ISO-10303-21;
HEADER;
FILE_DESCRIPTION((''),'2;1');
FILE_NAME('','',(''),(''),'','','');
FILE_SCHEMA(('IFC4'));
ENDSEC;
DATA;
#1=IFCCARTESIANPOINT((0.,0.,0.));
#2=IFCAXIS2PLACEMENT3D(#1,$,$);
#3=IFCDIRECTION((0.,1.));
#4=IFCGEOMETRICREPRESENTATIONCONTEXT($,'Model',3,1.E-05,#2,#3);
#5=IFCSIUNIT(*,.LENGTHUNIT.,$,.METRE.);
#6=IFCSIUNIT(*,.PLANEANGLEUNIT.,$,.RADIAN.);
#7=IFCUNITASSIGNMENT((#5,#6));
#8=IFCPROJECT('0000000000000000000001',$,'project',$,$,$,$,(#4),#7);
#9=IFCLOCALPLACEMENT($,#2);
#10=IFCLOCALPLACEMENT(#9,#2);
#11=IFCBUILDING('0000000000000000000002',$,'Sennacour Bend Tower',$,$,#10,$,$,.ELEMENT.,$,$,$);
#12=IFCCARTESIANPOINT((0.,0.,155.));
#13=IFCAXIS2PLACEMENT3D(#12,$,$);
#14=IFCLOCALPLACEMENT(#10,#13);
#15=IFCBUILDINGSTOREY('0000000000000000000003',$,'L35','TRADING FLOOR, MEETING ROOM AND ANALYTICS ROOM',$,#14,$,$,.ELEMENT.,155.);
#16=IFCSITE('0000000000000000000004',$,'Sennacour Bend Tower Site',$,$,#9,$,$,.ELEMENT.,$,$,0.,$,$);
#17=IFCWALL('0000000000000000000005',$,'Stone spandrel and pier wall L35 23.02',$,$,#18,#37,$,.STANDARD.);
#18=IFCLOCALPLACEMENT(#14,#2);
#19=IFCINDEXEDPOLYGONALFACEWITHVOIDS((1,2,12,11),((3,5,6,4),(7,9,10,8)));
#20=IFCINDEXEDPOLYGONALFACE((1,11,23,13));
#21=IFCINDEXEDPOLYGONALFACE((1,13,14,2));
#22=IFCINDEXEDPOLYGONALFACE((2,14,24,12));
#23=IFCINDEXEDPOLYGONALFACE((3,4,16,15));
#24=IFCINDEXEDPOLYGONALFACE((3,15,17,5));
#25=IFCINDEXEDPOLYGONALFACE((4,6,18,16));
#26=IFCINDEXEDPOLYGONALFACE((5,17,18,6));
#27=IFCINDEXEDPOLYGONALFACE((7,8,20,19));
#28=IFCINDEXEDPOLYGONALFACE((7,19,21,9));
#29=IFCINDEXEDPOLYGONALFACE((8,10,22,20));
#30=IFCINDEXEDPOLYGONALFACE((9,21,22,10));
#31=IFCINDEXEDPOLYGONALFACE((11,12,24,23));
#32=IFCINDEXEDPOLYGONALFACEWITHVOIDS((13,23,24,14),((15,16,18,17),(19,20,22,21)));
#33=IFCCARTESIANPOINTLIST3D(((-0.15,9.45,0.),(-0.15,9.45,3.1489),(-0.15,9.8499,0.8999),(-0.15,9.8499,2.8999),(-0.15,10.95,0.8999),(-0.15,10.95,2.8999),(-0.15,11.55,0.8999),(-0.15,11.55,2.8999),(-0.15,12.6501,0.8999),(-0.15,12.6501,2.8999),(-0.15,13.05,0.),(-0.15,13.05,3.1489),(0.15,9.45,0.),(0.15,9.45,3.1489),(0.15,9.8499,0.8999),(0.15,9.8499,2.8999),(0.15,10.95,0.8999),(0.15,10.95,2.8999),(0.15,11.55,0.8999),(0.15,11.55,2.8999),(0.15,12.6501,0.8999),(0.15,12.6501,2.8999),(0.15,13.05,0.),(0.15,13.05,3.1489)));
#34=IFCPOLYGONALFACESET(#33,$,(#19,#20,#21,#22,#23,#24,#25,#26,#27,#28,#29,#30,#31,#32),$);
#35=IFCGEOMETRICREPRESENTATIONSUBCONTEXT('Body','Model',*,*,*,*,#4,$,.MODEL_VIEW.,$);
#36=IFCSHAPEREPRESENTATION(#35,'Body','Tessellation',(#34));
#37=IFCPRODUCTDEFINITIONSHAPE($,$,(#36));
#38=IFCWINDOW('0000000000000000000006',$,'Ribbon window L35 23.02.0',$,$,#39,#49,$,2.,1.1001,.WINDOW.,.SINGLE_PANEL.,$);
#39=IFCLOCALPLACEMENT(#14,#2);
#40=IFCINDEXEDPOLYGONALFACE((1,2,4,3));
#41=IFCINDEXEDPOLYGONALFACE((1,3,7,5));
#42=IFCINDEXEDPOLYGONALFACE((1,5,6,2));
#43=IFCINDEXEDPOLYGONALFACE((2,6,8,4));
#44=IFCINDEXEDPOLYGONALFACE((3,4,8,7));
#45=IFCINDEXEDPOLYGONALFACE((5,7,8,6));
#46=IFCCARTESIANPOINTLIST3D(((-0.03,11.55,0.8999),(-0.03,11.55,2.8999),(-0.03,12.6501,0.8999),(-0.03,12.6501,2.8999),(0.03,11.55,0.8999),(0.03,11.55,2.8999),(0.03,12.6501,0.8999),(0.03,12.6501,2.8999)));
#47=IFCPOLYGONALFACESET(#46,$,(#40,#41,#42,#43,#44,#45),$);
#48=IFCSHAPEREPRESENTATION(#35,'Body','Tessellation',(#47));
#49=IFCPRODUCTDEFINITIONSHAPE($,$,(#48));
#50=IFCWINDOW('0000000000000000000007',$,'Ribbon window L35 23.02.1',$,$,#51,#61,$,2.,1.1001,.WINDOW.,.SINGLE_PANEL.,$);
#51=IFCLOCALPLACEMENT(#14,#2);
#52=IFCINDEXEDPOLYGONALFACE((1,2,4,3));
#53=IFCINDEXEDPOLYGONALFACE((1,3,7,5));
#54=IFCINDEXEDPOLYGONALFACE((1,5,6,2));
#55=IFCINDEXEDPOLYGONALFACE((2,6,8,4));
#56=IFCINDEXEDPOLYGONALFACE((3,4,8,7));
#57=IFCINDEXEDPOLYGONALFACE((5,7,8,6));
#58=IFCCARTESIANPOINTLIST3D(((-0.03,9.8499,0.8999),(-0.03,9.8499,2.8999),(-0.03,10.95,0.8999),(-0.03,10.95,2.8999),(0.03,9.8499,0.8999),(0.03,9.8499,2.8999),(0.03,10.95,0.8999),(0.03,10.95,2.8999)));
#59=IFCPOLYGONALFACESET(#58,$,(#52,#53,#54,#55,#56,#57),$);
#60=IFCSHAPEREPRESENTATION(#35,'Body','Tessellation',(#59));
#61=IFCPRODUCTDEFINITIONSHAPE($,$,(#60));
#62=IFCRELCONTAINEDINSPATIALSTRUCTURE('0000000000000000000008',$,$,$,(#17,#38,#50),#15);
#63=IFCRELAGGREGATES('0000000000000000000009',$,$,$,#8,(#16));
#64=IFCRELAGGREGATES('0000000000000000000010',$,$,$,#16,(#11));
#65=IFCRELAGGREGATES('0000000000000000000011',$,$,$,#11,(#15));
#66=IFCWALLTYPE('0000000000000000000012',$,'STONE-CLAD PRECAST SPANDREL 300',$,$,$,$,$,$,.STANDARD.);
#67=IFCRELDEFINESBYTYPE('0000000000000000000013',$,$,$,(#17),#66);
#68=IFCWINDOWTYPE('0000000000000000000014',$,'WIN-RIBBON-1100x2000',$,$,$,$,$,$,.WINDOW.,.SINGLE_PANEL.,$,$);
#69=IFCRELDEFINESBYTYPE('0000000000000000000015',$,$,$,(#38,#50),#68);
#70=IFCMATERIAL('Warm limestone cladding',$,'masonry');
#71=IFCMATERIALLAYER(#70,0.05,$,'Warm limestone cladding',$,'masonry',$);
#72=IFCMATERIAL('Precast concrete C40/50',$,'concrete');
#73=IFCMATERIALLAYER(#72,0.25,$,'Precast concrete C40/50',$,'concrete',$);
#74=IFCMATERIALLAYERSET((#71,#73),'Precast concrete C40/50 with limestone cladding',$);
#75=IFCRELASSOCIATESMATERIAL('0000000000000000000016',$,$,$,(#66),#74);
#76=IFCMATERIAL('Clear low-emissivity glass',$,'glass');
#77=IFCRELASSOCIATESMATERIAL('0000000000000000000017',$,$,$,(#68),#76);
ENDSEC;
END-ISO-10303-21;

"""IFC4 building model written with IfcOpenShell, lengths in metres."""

from ifc_helpers import new_model, si_unit, direction, frame, frame_2d, origin, place, context, subcontext, project, spatial, rectangle, extrude, material, layer, layer_set, type_object, element, fill, save


model = new_model("IFC4")

# Units and contexts
model_context = context("Model", 3, precision=1e-05, world=origin(), true_north=direction((0.0, 1.0)))
body_context = subcontext(model_context, "Body", "Model", "MODEL_VIEW")
ifc_project = project(units=[si_unit("LENGTHUNIT", "METRE"), si_unit("PLANEANGLEUNIT", "RADIAN")], contexts=[model_context])

# Site, building, storey
site_placement = place(None, origin())
site = spatial("IfcSite", under=ifc_project, at=site_placement, Name="Sennacour Bend Tower Site", CompositionType="ELEMENT", RefElevation=0.0)
building_placement = place(site_placement, origin())
building = spatial("IfcBuilding", under=site, at=building_placement, Name="Sennacour Bend Tower", CompositionType="ELEMENT")
storey_placement = place(building_placement, frame((0.0, 0.0, 155.0)))
storey = spatial("IfcBuildingStorey", under=building, at=storey_placement, Name="L35", Description="TRADING FLOOR, MEETING ROOM AND ANALYTICS ROOM", CompositionType="ELEMENT", Elevation=155.0)

# Shared definitions
ifc_material_1 = material(Name="Warm limestone cladding", Category="masonry")
ifc_layer_1 = layer(ifc_material_1, 0.05, Name="Warm limestone cladding", Category="masonry")
ifc_material_2 = material(Name="Precast concrete C40/50", Category="concrete")
ifc_layer_2 = layer(ifc_material_2, 0.25, Name="Precast concrete C40/50", Category="concrete")
ifc_layer_set_1 = layer_set([ifc_layer_1, ifc_layer_2], Name="Precast concrete C40/50 with limestone cladding")
wall_type_1 = type_object("IfcWallType", Name="STONE-CLAD PRECAST SPANDREL 300", PredefinedType="STANDARD", material=ifc_layer_set_1)

# Wall, openings, windows
ifc_material_3 = material(Name="Clear low-emissivity glass", Category="glass")
window_type = type_object("IfcWindowType", Name="WIN-RIBBON-1100x2000", PartitioningType="SINGLE_PANEL", PredefinedType="WINDOW", material=ifc_material_3)
wall_1_placement = place(storey_placement, frame((0.0, 13.05, 0.0), z_axis=(0.0, 0.0, 1.0), x_axis=(0.0, -1.0, 0.0)))
wall_1 = element("IfcWall", 1, at=wall_1_placement, inside=storey, type_object=wall_type_1, Name="Stone spandrel and pier wall L35 23.02", PredefinedType="STANDARD", context=body_context, shape_type="SweptSolid", body=[
    extrude(rectangle(XDim=3.6001, YDim=0.3, at=frame_2d((1.8, 0.0))), origin(), (0.0, 0.0, 1.0), 3.1489),
])
opening_1_placement = place(wall_1_placement, frame((0.3999, 0.0, 0.8999)))
opening_1 = element("IfcOpeningElement", 2, at=opening_1_placement, cuts=wall_1, PredefinedType="OPENING", context=body_context, shape_type="SweptSolid", body=[
    extrude(rectangle(XDim=1.1001, YDim=2.0, at=frame_2d((0.55, 1.0))), frame((0.0, 0.1602, 0.0), z_axis=(0.0, -1.0, 0.0), x_axis=(1.0, 0.0, 0.0)), (0.0, 0.0, 1.0), 0.3201),
])
opening_2_placement = place(wall_1_placement, frame((2.1001, 0.0, 0.8999)))
opening_2 = element("IfcOpeningElement", 3, at=opening_2_placement, cuts=wall_1, PredefinedType="OPENING", context=body_context, shape_type="SweptSolid", body=[
    extrude(rectangle(XDim=1.1001, YDim=2.0, at=frame_2d((0.55, 1.0))), frame((0.0, 0.1602, 0.0), z_axis=(0.0, -1.0, 0.0), x_axis=(1.0, 0.0, 0.0)), (0.0, 0.0, 1.0), 0.3201),
])
window_1_placement = place(opening_1_placement, origin())
window_1 = element("IfcWindow", 4, at=window_1_placement, inside=storey, type_object=window_type, Name="Ribbon window L35 23.02.0", OverallHeight=2.0, OverallWidth=1.1001, PartitioningType="SINGLE_PANEL", PredefinedType="WINDOW", context=body_context, shape_type="SweptSolid", body=[
    extrude(rectangle(XDim=1.1001, YDim=2.0, at=frame_2d((0.55, 1.0))), frame((0.0, 0.03, 0.0), z_axis=(0.0, -1.0, 0.0), x_axis=(1.0, 0.0, 0.0)), (0.0, 0.0, 1.0), 0.0601),
])
fill(opening_1, window_1)
window_2_placement = place(opening_2_placement, origin())
window_2 = element("IfcWindow", 5, at=window_2_placement, inside=storey, type_object=window_type, Name="Ribbon window L35 23.02.1", OverallHeight=2.0, OverallWidth=1.1001, PartitioningType="SINGLE_PANEL", PredefinedType="WINDOW", context=body_context, shape_type="SweptSolid", body=[
    extrude(rectangle(XDim=1.1001, YDim=2.0, at=frame_2d((0.55, 1.0))), frame((0.0, 0.03, 0.0), z_axis=(0.0, -1.0, 0.0), x_axis=(1.0, 0.0, 0.0)), (0.0, 0.0, 1.0), 0.0601),
])
fill(opening_2, window_2)

save(model, "model.ifc")
